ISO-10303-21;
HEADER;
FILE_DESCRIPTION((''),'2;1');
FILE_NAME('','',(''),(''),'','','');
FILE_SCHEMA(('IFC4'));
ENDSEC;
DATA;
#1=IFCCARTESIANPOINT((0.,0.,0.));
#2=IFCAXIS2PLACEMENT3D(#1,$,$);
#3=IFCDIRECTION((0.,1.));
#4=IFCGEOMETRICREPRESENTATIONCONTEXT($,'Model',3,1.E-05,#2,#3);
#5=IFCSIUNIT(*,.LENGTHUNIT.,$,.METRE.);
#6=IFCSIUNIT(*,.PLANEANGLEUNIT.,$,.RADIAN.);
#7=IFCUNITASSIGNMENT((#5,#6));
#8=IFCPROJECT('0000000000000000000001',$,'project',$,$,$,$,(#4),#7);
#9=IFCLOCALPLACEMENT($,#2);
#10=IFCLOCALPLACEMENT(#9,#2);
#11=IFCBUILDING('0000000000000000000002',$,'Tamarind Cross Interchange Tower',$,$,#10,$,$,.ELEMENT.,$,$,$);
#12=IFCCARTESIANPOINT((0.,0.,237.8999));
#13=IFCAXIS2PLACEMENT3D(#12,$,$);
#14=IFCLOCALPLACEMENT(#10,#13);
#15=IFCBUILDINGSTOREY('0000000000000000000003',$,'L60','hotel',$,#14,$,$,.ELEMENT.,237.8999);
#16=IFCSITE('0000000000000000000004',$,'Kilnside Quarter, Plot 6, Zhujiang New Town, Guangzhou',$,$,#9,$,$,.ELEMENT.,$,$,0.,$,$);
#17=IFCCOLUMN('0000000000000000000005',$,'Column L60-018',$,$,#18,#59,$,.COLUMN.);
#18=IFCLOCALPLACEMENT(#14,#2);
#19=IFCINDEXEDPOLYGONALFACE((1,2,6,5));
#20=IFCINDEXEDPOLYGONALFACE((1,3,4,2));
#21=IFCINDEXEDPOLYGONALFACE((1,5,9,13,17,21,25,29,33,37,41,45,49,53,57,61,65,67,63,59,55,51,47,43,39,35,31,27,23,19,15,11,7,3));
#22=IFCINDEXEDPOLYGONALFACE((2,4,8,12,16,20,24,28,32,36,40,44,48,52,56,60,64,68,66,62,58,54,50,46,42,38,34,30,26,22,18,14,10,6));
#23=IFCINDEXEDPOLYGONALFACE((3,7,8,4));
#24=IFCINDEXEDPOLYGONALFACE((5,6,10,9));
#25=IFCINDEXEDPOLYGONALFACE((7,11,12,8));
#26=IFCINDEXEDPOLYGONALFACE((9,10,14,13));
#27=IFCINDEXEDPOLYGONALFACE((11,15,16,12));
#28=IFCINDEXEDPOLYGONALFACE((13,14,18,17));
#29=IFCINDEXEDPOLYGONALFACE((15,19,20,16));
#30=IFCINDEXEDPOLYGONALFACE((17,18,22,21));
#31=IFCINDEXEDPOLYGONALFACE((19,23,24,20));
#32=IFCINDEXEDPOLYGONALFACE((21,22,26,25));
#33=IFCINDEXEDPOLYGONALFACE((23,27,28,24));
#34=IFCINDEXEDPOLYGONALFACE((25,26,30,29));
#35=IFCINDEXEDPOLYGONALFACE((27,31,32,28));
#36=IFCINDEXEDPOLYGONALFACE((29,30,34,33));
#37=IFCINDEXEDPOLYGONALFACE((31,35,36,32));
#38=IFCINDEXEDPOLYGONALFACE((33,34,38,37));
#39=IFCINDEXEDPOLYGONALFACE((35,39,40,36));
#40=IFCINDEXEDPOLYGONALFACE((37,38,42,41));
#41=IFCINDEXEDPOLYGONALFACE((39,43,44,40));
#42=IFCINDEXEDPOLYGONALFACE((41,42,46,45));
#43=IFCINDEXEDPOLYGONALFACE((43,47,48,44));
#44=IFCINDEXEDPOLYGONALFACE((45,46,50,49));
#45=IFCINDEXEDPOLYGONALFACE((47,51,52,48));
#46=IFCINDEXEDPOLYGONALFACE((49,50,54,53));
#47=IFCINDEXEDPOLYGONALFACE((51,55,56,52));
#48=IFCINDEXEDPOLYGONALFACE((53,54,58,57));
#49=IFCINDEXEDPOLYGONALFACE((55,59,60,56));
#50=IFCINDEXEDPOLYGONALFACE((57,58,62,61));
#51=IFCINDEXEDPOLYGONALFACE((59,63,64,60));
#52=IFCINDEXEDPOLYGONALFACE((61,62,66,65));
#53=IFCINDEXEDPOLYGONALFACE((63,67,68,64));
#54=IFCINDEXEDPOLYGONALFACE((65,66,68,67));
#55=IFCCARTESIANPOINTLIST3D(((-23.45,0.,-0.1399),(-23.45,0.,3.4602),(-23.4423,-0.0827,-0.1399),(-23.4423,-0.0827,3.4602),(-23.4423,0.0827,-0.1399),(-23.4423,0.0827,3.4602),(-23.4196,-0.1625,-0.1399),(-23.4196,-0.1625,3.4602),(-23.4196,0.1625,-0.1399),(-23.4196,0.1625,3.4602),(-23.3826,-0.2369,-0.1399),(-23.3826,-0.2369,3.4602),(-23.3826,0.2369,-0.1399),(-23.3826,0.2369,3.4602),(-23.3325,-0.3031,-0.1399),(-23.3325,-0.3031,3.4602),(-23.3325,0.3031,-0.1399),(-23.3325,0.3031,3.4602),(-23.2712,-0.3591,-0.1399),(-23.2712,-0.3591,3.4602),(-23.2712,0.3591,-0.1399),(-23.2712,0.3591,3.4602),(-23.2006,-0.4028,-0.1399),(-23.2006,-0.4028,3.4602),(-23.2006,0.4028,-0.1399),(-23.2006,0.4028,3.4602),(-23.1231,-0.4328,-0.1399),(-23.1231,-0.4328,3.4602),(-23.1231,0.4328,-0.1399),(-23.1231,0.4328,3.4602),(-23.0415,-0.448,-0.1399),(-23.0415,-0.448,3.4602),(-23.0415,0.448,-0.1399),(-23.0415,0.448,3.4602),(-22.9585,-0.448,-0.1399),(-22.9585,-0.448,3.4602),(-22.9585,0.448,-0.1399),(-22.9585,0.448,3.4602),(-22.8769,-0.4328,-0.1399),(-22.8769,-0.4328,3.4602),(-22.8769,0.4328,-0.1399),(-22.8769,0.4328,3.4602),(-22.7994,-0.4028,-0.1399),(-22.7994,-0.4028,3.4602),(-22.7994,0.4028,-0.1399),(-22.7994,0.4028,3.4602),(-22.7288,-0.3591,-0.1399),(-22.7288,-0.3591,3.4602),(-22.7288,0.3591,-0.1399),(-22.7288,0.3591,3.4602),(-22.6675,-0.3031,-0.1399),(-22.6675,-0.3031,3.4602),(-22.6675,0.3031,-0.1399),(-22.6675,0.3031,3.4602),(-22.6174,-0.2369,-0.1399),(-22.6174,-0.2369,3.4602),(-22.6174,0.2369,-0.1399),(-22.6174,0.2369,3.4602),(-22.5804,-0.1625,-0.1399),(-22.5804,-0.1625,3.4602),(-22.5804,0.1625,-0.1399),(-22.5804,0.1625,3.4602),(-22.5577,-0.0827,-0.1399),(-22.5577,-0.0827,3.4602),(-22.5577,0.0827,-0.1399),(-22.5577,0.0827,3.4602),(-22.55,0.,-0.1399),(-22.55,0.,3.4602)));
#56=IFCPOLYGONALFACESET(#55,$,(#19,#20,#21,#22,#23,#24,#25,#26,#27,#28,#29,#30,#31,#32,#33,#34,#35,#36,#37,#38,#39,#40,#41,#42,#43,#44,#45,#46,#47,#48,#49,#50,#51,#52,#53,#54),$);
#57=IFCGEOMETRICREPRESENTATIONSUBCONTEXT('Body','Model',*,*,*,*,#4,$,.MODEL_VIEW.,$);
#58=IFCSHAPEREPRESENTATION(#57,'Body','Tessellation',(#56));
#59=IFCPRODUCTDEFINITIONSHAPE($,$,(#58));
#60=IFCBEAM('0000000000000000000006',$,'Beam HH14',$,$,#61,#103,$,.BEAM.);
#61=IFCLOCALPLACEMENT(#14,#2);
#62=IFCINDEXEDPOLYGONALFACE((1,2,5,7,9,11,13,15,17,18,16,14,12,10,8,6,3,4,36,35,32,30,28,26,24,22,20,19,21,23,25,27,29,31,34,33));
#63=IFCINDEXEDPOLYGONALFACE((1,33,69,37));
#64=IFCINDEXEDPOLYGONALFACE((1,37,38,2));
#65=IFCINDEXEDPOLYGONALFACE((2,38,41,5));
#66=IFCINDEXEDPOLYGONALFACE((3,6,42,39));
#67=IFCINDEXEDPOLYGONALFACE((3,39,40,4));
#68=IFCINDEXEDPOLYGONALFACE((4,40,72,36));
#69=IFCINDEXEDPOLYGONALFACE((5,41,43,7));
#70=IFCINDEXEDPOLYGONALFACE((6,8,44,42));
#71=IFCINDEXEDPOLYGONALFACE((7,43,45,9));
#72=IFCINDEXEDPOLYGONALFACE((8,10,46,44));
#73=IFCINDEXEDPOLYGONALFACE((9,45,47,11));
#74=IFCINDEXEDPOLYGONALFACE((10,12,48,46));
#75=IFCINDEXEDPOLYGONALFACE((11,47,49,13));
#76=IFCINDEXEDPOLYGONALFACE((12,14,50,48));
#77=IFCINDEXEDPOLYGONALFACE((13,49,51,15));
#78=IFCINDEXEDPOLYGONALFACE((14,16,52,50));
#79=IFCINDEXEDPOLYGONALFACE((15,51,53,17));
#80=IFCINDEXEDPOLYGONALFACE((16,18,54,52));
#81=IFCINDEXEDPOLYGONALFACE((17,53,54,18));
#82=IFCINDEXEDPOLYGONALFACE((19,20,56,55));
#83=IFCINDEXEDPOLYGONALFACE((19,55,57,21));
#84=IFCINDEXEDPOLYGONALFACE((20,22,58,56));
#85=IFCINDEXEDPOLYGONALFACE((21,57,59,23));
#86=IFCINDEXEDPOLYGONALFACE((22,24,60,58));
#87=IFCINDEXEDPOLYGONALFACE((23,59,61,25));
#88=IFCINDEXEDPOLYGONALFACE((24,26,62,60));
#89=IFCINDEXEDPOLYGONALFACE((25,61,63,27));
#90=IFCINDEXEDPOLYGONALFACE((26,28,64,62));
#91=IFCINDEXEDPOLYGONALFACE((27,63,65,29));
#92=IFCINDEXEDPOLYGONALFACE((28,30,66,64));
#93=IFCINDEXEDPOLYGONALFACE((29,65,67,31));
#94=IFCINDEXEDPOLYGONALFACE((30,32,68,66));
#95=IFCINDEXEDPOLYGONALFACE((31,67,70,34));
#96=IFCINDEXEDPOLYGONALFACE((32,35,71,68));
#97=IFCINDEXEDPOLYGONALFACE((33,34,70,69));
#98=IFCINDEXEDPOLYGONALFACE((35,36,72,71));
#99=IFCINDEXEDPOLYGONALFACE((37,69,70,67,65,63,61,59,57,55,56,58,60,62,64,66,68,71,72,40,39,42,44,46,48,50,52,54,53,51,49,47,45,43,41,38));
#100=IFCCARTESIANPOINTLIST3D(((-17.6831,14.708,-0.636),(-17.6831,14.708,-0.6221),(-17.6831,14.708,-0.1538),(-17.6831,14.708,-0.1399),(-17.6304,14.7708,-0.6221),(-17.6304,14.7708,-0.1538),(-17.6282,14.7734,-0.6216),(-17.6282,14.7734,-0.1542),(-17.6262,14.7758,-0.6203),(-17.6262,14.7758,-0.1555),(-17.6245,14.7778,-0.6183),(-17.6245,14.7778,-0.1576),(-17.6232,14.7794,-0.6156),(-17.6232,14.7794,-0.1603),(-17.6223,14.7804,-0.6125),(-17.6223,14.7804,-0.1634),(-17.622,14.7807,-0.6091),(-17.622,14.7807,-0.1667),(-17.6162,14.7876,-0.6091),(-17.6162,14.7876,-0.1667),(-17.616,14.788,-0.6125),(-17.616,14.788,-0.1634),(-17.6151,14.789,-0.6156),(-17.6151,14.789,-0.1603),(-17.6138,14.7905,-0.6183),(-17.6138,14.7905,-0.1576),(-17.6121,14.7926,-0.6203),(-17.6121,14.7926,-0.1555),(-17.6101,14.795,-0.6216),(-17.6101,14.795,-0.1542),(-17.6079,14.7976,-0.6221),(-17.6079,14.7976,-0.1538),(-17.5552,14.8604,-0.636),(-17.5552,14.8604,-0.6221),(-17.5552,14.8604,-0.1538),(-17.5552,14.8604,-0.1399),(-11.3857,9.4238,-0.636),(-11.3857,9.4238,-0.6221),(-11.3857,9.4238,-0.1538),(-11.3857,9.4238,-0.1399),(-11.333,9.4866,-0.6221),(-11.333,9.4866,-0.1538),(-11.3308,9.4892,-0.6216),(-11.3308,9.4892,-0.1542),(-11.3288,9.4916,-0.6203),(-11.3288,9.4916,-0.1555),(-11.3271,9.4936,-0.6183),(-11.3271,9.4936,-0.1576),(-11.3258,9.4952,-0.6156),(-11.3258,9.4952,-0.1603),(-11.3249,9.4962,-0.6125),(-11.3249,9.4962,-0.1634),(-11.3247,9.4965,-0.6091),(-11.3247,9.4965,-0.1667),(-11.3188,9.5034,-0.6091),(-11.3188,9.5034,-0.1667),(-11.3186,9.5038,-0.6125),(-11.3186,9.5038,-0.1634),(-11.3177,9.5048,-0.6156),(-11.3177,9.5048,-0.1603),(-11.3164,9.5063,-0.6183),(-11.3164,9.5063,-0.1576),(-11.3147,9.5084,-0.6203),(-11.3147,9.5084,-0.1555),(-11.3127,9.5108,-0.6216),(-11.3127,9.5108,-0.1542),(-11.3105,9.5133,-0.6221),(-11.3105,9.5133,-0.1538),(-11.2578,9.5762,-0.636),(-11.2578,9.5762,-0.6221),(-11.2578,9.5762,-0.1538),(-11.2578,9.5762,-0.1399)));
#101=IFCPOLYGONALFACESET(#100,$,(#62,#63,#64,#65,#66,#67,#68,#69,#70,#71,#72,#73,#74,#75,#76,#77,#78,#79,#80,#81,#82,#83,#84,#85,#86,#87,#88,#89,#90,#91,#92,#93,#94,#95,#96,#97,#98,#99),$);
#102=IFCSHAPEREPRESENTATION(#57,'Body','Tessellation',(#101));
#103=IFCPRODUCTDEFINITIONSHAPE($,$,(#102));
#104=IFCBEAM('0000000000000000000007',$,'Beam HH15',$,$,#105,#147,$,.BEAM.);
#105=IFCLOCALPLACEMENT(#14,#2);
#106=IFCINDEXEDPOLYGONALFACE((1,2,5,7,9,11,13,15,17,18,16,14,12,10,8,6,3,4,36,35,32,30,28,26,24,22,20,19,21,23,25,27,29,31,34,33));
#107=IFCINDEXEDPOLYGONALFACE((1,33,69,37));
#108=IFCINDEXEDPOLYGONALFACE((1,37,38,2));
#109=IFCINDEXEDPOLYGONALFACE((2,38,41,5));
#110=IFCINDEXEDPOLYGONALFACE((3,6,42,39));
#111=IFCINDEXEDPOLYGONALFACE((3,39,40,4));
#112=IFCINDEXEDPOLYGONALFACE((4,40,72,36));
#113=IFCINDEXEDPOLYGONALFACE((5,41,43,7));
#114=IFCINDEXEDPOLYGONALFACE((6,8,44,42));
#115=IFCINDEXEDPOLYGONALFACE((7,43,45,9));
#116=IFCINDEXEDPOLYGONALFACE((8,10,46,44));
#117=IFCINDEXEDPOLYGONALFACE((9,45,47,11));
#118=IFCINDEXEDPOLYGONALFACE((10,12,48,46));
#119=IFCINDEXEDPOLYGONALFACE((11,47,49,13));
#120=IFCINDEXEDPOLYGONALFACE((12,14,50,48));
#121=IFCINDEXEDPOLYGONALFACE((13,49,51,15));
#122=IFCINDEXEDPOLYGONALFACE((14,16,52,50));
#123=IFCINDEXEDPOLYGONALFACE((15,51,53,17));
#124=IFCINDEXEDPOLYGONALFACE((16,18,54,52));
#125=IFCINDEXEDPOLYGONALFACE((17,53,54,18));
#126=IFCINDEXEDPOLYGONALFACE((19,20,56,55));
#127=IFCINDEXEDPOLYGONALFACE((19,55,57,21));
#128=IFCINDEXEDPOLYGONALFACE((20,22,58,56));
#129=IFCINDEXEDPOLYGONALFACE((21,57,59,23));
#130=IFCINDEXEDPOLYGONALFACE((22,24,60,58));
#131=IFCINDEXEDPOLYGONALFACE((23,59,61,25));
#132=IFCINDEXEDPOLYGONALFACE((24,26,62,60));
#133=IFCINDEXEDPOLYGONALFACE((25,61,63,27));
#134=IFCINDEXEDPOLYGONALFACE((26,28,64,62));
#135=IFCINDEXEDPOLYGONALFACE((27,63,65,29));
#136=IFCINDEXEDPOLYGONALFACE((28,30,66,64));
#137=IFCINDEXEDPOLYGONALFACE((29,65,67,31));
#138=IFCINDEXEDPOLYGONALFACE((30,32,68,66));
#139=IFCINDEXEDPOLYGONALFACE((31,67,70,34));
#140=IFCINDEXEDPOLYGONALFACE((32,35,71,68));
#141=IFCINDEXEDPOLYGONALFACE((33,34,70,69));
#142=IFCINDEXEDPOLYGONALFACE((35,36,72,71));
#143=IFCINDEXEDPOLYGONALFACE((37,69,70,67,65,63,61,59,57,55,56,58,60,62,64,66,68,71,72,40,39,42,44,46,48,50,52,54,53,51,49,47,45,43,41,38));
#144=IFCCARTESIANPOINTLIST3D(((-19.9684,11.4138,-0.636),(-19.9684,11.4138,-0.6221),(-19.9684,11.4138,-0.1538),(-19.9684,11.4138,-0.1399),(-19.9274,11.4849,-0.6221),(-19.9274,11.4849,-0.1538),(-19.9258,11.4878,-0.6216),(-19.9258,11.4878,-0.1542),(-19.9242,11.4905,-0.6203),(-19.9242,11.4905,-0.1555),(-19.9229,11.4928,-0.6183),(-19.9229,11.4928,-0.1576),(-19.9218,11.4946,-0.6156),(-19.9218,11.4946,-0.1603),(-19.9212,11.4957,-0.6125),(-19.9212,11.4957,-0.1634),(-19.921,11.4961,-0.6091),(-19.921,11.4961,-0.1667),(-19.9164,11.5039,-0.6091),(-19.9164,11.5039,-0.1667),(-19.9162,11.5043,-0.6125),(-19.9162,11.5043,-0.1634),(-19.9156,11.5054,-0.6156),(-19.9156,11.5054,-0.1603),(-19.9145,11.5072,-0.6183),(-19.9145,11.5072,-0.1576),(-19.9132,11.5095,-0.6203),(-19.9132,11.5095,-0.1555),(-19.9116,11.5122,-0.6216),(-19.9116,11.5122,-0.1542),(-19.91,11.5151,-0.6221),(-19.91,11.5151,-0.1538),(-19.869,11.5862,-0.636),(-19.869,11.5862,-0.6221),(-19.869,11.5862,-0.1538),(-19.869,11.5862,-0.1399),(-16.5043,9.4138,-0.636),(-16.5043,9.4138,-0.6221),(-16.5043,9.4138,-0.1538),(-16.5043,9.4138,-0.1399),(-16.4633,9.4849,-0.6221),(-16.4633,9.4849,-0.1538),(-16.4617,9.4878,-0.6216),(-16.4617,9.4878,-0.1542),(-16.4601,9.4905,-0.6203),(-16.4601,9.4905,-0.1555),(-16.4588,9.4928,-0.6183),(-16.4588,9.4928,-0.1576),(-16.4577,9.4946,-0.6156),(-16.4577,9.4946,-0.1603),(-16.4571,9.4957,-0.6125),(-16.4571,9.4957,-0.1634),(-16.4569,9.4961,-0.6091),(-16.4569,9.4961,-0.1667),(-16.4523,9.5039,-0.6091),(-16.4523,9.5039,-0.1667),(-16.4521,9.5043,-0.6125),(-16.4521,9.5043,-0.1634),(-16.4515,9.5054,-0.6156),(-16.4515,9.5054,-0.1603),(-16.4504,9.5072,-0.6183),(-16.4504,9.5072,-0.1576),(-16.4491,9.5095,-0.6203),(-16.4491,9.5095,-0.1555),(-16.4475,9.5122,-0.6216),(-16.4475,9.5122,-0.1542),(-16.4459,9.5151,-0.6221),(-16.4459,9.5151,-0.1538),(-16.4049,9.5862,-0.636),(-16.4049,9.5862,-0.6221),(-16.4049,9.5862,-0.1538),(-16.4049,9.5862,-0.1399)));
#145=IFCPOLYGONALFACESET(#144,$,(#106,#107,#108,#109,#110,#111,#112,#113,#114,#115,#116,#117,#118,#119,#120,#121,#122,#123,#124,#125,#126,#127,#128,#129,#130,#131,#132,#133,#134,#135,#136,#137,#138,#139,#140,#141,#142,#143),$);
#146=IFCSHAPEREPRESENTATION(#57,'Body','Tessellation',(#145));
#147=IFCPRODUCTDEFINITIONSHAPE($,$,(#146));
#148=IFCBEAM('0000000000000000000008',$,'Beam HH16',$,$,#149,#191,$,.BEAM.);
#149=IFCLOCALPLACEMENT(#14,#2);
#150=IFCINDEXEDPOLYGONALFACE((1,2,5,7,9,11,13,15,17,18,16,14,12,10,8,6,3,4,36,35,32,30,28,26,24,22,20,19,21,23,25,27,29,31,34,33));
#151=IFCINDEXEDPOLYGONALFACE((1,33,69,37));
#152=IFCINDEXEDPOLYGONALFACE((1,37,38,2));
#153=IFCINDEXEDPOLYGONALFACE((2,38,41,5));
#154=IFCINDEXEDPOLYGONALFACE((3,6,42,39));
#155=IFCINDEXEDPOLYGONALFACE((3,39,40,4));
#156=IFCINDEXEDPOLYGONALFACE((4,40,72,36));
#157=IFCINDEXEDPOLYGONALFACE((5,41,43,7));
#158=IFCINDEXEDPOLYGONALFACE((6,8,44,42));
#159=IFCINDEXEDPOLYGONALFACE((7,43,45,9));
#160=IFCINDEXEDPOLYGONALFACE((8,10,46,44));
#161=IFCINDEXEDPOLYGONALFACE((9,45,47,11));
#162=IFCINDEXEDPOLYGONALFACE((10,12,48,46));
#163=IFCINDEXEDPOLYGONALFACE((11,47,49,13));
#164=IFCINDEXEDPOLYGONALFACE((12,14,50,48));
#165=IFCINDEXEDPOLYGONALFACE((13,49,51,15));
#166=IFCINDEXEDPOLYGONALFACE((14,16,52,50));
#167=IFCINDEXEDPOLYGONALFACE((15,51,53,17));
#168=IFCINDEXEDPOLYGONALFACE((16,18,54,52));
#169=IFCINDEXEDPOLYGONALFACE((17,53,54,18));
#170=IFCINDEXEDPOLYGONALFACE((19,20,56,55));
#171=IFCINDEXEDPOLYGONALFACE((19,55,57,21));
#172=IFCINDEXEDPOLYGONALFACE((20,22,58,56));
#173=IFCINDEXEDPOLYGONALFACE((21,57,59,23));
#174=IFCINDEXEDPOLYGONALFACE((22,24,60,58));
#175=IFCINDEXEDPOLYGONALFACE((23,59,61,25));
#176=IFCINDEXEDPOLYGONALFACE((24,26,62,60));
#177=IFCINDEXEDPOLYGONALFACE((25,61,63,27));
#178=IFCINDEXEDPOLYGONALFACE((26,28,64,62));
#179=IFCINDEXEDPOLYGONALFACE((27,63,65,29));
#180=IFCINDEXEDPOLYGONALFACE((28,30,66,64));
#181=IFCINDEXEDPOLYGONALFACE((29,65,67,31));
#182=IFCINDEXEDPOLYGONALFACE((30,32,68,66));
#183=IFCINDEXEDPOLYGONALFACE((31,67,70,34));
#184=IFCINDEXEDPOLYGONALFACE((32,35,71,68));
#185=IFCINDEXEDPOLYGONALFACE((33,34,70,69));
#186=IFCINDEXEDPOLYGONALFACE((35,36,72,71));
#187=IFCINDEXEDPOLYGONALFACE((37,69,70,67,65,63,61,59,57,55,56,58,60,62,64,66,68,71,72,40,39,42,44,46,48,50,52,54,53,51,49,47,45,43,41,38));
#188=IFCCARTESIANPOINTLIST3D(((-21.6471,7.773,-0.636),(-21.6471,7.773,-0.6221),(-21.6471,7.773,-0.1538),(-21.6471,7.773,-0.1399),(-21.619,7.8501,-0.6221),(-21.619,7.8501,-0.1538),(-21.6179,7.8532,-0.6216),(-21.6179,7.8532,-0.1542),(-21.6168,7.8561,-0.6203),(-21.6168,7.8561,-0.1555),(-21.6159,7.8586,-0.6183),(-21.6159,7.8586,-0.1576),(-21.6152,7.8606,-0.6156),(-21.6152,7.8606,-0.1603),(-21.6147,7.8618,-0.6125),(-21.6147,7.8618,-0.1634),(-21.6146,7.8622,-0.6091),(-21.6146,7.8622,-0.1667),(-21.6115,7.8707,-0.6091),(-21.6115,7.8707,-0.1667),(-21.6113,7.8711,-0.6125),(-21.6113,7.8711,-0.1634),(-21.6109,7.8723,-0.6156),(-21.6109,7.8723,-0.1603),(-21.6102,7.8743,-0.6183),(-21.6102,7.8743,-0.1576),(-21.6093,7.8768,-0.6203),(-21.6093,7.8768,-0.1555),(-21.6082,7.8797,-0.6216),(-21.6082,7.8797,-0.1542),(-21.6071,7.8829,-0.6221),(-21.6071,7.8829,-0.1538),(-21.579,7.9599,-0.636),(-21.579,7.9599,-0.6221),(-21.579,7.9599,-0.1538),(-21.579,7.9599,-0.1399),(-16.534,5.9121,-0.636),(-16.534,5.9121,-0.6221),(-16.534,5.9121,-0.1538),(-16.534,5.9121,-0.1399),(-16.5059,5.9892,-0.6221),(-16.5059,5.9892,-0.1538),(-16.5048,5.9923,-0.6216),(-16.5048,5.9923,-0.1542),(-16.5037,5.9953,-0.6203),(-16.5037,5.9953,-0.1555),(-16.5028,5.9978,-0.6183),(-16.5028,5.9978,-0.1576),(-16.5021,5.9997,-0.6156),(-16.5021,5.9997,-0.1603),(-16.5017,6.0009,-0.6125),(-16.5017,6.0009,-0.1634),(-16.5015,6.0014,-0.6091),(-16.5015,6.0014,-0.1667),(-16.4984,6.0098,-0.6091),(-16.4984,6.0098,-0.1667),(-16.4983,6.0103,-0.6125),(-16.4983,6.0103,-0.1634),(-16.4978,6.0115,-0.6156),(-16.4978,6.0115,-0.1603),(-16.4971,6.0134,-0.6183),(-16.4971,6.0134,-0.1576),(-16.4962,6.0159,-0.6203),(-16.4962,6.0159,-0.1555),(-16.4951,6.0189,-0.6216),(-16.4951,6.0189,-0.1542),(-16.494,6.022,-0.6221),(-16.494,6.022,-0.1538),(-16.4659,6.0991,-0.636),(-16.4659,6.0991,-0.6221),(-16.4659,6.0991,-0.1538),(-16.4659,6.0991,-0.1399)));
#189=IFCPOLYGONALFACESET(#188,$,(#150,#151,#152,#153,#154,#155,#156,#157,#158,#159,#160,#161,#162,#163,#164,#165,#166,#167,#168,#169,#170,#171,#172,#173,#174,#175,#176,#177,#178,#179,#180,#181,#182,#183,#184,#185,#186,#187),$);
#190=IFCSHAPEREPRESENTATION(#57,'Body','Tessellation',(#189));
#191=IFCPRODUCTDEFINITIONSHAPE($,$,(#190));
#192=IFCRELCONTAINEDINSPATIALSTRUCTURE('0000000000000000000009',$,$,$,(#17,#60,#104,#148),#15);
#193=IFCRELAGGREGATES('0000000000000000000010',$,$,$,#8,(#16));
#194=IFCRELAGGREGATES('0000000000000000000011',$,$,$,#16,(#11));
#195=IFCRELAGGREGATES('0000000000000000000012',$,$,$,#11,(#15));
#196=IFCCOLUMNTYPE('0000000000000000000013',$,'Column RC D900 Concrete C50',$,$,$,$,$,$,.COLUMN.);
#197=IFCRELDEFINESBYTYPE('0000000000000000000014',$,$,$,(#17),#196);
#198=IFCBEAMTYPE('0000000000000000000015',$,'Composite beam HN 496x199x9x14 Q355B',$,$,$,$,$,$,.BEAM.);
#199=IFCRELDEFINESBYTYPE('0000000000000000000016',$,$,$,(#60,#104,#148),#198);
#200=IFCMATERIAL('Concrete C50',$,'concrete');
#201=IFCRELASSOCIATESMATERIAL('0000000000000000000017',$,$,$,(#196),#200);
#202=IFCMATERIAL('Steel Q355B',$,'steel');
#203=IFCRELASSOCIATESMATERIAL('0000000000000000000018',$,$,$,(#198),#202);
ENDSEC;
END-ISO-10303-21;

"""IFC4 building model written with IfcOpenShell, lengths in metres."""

from ifc_helpers import new_model, si_unit, direction, frame, origin, origin_2d, place, context, subcontext, project, spatial, circle, i_section, extrude, material, material_profile, profile_set, type_object, element, save


model = new_model("IFC4")

# Units and contexts
model_context = context("Model", 3, precision=1e-05, world=origin(), true_north=direction((0.0, 1.0)))
body_context = subcontext(model_context, "Body", "Model", "MODEL_VIEW")
ifc_project = project(units=[si_unit("LENGTHUNIT", "METRE"), si_unit("PLANEANGLEUNIT", "RADIAN")], contexts=[model_context])

# Site, building, storey
site_placement = place(None, origin())
site = spatial("IfcSite", under=ifc_project, at=site_placement, Name="Kilnside Quarter, Plot 6, Zhujiang New Town, Guangzhou", CompositionType="ELEMENT", RefElevation=0.0)
building_placement = place(site_placement, origin())
building = spatial("IfcBuilding", under=site, at=building_placement, Name="Tamarind Cross Interchange Tower", CompositionType="ELEMENT")
storey_placement = place(building_placement, frame((0.0, 0.0, 237.8999)))
storey = spatial("IfcBuildingStorey", under=building, at=storey_placement, Name="L60", Description="hotel", CompositionType="ELEMENT", Elevation=237.8999)

# Column
ifc_material_1 = material(Name="Concrete C50", Category="concrete")
ifc_material_profile_1 = material_profile(ifc_material_1, circle(Radius=0.45, at=origin_2d()), Name="RC D900")
ifc_profile_set_1 = profile_set([ifc_material_profile_1], Name="Concrete C50")
column_type = type_object("IfcColumnType", Name="Column RC D900 Concrete C50", PredefinedType="COLUMN", material=ifc_profile_set_1)
for number, where, z_axis, x_axis, name in (
    (1, (-23.0, 0.0, -0.1399), (0.0, 0.0, 1.0), (1.0, 0.0, 0.0), "Column L60-018"),
):
    element("IfcColumn", number, at=place(storey_placement, frame(where, z_axis=z_axis, x_axis=x_axis)), inside=storey, type_object=column_type, Name=name, PredefinedType="COLUMN", context=body_context, shape_type="SweptSolid", body=[
        extrude(circle(Radius=0.45, at=origin_2d()), origin(), (0.0, 0.0, 1.0), 3.6001),
    ])

# Beams
ifc_material_2 = material(Name="Steel Q355B", Category="steel")
ifc_material_profile_2 = material_profile(ifc_material_2, i_section(OverallWidth=0.199, OverallDepth=0.4961, WebThickness=0.009, FlangeThickness=0.0139, FilletRadius=0.0129, at=origin_2d()), Name="HN 496x199x9x14")
ifc_profile_set_2 = profile_set([ifc_material_profile_2], Name="Steel Q355B")
beam_type = type_object("IfcBeamType", Name="Composite beam HN 496x199x9x14 Q355B", PredefinedType="BEAM", material=ifc_profile_set_2)
beam_1_placement = place(storey_placement, frame((-17.6191, 14.7842, -0.3879), z_axis=(0.766041, -0.642792, 0.0), x_axis=(0.642792, 0.766041, 0.0)))
element("IfcBeam", 2, at=beam_1_placement, inside=storey, type_object=beam_type, Name="Beam HH14", PredefinedType="BEAM", context=body_context, shape_type="SweptSolid", body=[
    extrude(i_section(OverallWidth=0.199, OverallDepth=0.4961, WebThickness=0.009, FlangeThickness=0.0139, FilletRadius=0.0129, at=origin_2d()), origin(), (0.0, 0.0, 1.0), 8.2207),
])
beam_2_placement = place(storey_placement, frame((-19.9187, 11.5, -0.3879), z_axis=(0.866026, -0.499999, 0.0), x_axis=(0.499999, 0.866026, 0.0)))
element("IfcBeam", 3, at=beam_2_placement, inside=storey, type_object=beam_type, Name="Beam HH15", PredefinedType="BEAM", context=body_context, shape_type="SweptSolid", body=[
    extrude(i_section(OverallWidth=0.199, OverallDepth=0.4961, WebThickness=0.009, FlangeThickness=0.0139, FilletRadius=0.0129, at=origin_2d()), origin(), (0.0, 0.0, 1.0), 4.0),
])
beam_3_placement = place(storey_placement, frame((-21.613, 7.8665, -0.3879), z_axis=(0.939702, -0.341995, 0.0), x_axis=(0.341995, 0.939702, 0.0)))
element("IfcBeam", 4, at=beam_3_placement, inside=storey, type_object=beam_type, Name="Beam HH16", PredefinedType="BEAM", context=body_context, shape_type="SweptSolid", body=[
    extrude(i_section(OverallWidth=0.199, OverallDepth=0.4961, WebThickness=0.009, FlangeThickness=0.0139, FilletRadius=0.0129, at=origin_2d()), origin(), (0.0, 0.0, 1.0), 5.4412),
])

save(model, "model.ifc")
